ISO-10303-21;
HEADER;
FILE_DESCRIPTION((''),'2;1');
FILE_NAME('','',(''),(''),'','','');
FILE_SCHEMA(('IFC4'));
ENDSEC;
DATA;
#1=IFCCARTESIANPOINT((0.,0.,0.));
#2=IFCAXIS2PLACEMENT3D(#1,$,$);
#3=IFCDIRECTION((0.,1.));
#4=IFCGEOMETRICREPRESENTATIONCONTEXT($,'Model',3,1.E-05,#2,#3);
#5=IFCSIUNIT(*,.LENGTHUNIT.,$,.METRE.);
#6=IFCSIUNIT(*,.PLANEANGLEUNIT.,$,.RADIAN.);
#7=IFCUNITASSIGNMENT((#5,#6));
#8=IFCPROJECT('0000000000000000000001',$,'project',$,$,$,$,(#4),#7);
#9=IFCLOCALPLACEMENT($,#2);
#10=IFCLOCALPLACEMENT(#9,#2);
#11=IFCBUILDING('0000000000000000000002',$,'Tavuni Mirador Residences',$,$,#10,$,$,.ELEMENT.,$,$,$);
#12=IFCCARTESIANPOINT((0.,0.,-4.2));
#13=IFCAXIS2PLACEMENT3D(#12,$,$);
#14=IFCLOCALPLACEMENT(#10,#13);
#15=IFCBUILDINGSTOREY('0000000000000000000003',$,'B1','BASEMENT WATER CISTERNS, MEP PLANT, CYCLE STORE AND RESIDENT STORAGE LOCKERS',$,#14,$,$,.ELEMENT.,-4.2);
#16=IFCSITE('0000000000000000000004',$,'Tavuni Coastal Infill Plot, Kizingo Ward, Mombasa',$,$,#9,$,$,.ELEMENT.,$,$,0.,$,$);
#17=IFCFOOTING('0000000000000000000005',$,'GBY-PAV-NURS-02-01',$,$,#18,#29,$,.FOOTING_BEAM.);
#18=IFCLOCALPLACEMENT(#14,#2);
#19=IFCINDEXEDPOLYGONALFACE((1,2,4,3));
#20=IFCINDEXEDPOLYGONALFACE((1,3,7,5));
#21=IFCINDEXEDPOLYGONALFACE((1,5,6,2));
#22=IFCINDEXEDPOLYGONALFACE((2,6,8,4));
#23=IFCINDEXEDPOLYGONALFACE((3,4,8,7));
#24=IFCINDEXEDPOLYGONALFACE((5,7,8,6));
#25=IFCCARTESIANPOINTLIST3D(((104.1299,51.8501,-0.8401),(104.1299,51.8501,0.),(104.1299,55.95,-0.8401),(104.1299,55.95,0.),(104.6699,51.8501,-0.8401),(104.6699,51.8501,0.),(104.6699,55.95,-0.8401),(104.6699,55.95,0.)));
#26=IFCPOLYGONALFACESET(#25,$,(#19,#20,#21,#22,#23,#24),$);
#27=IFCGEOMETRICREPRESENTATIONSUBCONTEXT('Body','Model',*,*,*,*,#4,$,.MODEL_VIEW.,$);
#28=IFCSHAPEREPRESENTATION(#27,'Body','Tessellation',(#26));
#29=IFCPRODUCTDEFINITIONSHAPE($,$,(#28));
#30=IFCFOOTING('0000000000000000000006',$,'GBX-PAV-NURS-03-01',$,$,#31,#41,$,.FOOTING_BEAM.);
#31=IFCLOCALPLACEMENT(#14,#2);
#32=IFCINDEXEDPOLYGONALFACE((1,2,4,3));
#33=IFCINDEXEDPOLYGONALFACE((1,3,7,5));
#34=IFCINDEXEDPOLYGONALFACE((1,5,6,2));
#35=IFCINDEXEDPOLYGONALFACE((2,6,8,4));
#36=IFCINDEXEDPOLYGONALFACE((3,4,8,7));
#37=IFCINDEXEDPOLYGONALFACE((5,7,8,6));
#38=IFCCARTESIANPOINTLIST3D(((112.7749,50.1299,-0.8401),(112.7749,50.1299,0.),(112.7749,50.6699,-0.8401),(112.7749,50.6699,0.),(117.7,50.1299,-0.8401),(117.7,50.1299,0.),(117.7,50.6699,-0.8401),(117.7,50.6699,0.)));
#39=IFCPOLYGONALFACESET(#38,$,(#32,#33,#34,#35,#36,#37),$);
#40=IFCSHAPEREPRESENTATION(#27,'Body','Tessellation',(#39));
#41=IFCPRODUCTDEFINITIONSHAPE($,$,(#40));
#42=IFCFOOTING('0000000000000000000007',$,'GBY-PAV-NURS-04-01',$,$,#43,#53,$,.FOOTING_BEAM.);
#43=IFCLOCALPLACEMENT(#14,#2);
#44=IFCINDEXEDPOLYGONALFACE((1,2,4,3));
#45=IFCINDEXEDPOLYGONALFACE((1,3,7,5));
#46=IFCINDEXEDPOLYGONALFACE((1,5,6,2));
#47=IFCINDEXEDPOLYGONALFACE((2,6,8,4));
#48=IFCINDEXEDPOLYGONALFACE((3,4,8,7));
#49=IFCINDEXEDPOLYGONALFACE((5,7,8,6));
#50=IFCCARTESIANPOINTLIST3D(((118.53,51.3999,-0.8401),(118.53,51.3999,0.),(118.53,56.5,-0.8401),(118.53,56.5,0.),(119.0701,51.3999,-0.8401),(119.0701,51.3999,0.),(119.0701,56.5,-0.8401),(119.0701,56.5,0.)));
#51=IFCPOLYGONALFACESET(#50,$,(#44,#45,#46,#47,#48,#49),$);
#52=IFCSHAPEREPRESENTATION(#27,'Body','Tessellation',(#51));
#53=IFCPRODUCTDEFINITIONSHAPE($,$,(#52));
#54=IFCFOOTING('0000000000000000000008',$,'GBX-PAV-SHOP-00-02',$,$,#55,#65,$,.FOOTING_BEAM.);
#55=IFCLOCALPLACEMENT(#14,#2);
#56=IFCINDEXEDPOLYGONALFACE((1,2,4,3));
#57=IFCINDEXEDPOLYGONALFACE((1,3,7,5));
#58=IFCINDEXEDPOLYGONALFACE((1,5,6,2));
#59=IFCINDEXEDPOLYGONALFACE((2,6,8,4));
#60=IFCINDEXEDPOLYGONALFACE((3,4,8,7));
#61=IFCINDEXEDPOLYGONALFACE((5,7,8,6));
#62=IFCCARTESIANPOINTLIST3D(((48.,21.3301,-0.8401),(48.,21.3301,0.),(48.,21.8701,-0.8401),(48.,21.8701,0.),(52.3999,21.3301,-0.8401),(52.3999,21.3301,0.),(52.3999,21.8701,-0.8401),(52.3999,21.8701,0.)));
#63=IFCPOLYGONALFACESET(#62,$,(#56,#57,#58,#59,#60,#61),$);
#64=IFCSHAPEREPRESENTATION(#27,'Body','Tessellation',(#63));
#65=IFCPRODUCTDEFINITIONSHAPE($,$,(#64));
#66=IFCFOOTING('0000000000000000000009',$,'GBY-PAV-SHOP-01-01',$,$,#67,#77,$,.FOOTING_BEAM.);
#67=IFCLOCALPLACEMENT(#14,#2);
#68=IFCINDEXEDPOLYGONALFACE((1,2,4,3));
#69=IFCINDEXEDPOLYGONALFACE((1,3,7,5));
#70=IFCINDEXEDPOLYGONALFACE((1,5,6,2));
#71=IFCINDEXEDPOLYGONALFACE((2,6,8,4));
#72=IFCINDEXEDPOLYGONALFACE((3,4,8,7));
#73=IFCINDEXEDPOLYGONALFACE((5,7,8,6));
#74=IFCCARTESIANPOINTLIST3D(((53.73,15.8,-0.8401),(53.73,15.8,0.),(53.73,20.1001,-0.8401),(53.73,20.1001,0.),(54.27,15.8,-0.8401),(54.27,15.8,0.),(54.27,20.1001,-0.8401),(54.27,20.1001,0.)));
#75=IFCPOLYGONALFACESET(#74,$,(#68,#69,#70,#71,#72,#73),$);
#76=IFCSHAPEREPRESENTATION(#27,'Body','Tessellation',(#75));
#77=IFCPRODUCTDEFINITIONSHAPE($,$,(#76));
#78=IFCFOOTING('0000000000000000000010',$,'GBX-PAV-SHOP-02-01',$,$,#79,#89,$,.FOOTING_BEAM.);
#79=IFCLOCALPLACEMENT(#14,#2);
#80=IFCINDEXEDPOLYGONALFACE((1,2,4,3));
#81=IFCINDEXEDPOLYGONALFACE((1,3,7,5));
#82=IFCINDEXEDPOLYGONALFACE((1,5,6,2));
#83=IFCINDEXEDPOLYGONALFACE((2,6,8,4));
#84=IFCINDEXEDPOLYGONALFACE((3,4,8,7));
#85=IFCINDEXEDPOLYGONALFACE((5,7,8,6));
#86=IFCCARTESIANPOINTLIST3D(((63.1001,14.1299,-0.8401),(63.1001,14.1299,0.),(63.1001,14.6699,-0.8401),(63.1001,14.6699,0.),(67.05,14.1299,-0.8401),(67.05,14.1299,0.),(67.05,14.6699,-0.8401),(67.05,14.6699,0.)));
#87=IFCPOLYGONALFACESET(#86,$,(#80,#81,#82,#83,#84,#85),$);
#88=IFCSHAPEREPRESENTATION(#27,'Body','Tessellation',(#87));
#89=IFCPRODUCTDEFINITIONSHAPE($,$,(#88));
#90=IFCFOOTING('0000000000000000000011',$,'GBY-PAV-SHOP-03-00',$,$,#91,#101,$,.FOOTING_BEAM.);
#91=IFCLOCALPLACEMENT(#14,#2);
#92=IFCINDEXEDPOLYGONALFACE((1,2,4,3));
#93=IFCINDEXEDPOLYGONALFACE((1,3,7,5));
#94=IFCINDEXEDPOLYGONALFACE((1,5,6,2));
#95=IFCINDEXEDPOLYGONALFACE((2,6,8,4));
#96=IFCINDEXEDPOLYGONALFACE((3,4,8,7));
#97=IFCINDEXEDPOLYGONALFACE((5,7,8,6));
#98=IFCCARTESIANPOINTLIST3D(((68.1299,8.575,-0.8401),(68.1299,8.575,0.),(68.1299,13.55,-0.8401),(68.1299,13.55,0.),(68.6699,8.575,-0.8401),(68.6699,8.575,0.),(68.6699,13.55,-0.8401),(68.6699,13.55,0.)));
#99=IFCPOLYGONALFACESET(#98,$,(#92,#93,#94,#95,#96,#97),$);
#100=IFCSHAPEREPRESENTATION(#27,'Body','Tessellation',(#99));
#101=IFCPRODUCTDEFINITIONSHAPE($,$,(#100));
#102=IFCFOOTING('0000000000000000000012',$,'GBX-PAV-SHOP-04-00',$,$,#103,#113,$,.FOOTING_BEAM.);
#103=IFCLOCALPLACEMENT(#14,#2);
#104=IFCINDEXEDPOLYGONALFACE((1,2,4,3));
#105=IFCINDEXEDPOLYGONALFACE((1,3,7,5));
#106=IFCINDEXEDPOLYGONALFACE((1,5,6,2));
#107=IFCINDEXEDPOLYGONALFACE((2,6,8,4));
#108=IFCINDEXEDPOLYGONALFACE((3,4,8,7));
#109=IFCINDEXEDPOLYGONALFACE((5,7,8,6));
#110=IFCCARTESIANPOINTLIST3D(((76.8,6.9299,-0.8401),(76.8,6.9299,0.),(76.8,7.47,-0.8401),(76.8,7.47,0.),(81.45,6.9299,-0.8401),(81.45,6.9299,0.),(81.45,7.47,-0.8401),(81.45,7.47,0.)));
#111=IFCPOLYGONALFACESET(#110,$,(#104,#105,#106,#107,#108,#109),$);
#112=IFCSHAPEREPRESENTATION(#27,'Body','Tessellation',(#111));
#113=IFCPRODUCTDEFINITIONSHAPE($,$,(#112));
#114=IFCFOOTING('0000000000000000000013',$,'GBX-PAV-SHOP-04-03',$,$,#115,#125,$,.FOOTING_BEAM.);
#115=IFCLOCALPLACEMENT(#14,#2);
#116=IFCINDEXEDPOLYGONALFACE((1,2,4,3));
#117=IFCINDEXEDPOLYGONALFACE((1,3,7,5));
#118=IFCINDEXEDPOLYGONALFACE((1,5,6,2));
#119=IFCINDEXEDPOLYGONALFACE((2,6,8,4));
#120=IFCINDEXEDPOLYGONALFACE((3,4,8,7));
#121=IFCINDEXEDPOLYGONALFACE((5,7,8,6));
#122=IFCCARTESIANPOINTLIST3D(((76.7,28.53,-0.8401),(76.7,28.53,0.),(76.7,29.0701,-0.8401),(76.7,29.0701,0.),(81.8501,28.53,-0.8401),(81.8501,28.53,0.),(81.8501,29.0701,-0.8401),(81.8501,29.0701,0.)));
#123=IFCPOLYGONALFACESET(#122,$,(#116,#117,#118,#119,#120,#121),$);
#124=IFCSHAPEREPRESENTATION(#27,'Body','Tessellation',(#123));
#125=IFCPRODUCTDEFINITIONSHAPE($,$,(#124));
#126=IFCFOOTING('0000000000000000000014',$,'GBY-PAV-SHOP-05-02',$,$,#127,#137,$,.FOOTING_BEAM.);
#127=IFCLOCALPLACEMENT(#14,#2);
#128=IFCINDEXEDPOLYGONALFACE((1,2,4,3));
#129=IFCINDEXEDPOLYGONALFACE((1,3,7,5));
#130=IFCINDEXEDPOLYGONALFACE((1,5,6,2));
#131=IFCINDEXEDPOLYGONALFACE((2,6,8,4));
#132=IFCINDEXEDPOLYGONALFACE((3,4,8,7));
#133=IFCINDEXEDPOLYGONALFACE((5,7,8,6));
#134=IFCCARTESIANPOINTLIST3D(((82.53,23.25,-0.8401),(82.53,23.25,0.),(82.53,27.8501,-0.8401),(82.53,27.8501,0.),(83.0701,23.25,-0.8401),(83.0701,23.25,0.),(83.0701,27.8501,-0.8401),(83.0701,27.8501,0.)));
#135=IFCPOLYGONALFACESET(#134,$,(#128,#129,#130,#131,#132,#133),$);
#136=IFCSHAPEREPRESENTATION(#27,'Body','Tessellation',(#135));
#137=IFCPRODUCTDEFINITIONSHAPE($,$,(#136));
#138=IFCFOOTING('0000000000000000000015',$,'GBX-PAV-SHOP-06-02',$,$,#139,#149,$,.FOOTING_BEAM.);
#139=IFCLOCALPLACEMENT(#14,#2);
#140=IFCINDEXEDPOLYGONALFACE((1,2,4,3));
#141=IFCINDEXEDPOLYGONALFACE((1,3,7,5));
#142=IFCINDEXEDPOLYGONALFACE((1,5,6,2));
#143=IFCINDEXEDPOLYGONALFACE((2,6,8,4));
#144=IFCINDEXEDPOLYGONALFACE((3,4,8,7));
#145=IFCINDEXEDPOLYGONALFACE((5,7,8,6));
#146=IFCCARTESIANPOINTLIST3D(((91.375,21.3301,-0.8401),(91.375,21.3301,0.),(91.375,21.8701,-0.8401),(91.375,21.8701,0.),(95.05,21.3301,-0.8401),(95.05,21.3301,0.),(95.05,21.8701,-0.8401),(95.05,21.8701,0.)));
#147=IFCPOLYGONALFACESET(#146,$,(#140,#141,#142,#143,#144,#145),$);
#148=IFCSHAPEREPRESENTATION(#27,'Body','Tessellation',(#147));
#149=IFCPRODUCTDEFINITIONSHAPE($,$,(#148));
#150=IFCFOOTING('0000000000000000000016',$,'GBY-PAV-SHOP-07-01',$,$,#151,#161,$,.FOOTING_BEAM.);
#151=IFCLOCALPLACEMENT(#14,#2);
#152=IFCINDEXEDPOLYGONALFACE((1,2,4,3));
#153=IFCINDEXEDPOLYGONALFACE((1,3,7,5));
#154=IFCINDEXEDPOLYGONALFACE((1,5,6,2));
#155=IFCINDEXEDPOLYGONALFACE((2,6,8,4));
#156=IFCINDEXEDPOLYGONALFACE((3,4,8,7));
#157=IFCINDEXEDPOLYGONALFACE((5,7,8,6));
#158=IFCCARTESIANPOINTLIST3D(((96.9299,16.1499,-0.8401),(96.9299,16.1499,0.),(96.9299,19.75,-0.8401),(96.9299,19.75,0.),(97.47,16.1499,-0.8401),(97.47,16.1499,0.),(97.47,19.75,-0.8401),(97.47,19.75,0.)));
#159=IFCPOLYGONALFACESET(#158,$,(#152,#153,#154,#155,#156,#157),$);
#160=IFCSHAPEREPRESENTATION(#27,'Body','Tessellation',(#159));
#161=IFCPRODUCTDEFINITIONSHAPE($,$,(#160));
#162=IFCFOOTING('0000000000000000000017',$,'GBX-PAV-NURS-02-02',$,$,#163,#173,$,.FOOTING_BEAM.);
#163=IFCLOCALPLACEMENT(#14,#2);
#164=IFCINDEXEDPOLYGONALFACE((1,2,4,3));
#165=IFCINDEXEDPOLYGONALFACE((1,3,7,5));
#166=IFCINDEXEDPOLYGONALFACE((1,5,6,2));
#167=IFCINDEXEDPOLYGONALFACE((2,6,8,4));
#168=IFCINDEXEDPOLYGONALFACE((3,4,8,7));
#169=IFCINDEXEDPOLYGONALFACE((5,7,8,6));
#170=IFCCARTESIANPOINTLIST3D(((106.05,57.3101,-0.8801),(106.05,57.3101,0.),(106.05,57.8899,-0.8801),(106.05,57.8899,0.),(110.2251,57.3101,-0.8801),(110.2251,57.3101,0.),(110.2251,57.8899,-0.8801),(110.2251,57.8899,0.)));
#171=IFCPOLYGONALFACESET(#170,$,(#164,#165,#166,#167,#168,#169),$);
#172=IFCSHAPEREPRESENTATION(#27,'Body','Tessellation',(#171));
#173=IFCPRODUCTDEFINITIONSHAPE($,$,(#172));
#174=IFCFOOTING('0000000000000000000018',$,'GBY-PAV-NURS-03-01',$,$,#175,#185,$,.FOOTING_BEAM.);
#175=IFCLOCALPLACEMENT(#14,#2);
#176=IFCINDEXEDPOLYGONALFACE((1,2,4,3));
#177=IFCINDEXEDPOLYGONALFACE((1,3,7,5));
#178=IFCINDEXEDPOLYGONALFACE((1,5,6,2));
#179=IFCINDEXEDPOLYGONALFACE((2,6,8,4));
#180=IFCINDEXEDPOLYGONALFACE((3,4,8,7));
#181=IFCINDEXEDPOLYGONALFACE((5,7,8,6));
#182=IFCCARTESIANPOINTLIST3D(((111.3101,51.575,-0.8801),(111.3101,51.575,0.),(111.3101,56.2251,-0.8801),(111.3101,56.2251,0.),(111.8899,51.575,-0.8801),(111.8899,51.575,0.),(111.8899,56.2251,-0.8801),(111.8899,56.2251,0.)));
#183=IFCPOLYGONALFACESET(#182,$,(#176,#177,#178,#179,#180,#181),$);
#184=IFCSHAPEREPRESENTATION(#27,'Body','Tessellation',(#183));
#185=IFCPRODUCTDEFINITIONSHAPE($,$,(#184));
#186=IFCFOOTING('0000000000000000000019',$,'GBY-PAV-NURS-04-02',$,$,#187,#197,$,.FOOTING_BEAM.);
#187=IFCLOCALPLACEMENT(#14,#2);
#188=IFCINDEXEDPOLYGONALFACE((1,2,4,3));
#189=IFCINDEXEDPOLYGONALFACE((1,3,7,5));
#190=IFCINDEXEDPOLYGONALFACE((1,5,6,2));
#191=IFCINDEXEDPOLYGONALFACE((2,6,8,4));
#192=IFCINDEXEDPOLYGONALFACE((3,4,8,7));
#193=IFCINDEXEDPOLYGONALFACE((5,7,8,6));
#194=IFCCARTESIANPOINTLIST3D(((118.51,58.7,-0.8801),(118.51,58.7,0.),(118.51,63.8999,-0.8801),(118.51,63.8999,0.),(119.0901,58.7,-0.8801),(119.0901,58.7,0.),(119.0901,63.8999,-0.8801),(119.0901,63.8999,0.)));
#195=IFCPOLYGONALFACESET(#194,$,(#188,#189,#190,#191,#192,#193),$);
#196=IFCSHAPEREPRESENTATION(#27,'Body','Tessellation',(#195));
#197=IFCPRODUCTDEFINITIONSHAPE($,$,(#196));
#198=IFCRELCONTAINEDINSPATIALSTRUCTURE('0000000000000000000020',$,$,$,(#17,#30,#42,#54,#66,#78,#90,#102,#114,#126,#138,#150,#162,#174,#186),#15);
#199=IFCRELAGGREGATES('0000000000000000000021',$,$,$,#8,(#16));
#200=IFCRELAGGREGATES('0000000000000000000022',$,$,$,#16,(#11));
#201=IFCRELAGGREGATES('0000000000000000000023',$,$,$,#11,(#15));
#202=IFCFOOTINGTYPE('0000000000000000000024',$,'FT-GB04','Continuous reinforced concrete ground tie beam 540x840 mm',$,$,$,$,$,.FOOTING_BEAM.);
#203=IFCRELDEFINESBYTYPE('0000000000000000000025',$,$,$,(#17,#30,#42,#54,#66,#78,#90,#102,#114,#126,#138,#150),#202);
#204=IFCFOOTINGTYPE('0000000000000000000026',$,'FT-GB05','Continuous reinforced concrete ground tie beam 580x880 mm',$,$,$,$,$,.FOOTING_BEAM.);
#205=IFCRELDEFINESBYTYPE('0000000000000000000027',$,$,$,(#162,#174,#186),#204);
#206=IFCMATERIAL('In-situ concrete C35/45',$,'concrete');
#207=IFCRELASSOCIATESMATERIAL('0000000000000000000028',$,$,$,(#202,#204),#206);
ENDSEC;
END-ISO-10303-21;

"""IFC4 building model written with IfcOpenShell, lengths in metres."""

from ifc_helpers import new_model, si_unit, direction, frame, origin, place, context, subcontext, project, spatial, polyline, outline, extrude, material, type_object, element, save


model = new_model("IFC4")

# Units and contexts
model_context = context("Model", 3, precision=1e-05, world=origin(), true_north=direction((0.0, 1.0)))
body_context = subcontext(model_context, "Body", "Model", "MODEL_VIEW")
ifc_project = project(units=[si_unit("LENGTHUNIT", "METRE"), si_unit("PLANEANGLEUNIT", "RADIAN")], contexts=[model_context])

# Site, building, storey
site_placement = place(None, origin())
site = spatial("IfcSite", under=ifc_project, at=site_placement, Name="Tavuni Coastal Infill Plot, Kizingo Ward, Mombasa", CompositionType="ELEMENT", RefElevation=0.0)
building_placement = place(site_placement, origin())
building = spatial("IfcBuilding", under=site, at=building_placement, Name="Tavuni Mirador Residences", CompositionType="ELEMENT")
storey_placement = place(building_placement, frame((0.0, 0.0, -4.2)))
storey = spatial("IfcBuildingStorey", under=building, at=storey_placement, Name="B1", Description="BASEMENT WATER CISTERNS, MEP PLANT, CYCLE STORE AND RESIDENT STORAGE LOCKERS", CompositionType="ELEMENT", Elevation=-4.2)

# Footings
ifc_material = material(Name="In-situ concrete C35/45", Category="concrete")
footing_type_1 = type_object("IfcFootingType", Name="FT-GB04", Description="Continuous reinforced concrete ground tie beam 540x840 mm", PredefinedType="FOOTING_BEAM", material=ifc_material)
footing_1_placement = place(storey_placement, frame((0.0, 0.0, -0.8401)))
element("IfcFooting", 1, at=footing_1_placement, inside=storey, type_object=footing_type_1, Name="GBY-PAV-NURS-02-01", PredefinedType="FOOTING_BEAM", context=body_context, shape_type="SweptSolid", body=[
    extrude(outline(polyline([(104.1299, 51.8501), (104.6699, 51.8501), (104.6699, 55.95), (104.1299, 55.95), (104.1299, 51.8501)])), origin(), (0.0, 0.0, 1.0), 0.8401),
])
footing_2_placement = place(storey_placement, frame((0.0, 0.0, -0.8401)))
element("IfcFooting", 2, at=footing_2_placement, inside=storey, type_object=footing_type_1, Name="GBX-PAV-NURS-03-01", PredefinedType="FOOTING_BEAM", context=body_context, shape_type="SweptSolid", body=[
    extrude(outline(polyline([(112.7749, 50.1299), (117.7, 50.1299), (117.7, 50.6699), (112.7749, 50.6699), (112.7749, 50.1299)])), origin(), (0.0, 0.0, 1.0), 0.8401),
])
footing_3_placement = place(storey_placement, frame((0.0, 0.0, -0.8401)))
element("IfcFooting", 3, at=footing_3_placement, inside=storey, type_object=footing_type_1, Name="GBY-PAV-NURS-04-01", PredefinedType="FOOTING_BEAM", context=body_context, shape_type="SweptSolid", body=[
    extrude(outline(polyline([(118.53, 51.3999), (119.0701, 51.3999), (119.0701, 56.5), (118.53, 56.5), (118.53, 51.3999)])), origin(), (0.0, 0.0, 1.0), 0.8401),
])
footing_4_placement = place(storey_placement, frame((0.0, 0.0, -0.8401)))
element("IfcFooting", 4, at=footing_4_placement, inside=storey, type_object=footing_type_1, Name="GBX-PAV-SHOP-00-02", PredefinedType="FOOTING_BEAM", context=body_context, shape_type="SweptSolid", body=[
    extrude(outline(polyline([(48.0, 21.3301), (52.3999, 21.3301), (52.3999, 21.8701), (48.0, 21.8701), (48.0, 21.3301)])), origin(), (0.0, 0.0, 1.0), 0.8401),
])
footing_5_placement = place(storey_placement, frame((0.0, 0.0, -0.8401)))
element("IfcFooting", 5, at=footing_5_placement, inside=storey, type_object=footing_type_1, Name="GBY-PAV-SHOP-01-01", PredefinedType="FOOTING_BEAM", context=body_context, shape_type="SweptSolid", body=[
    extrude(outline(polyline([(53.73, 15.8), (54.27, 15.8), (54.27, 20.1001), (53.73, 20.1001), (53.73, 15.8)])), origin(), (0.0, 0.0, 1.0), 0.8401),
])
footing_6_placement = place(storey_placement, frame((0.0, 0.0, -0.8401)))
element("IfcFooting", 6, at=footing_6_placement, inside=storey, type_object=footing_type_1, Name="GBX-PAV-SHOP-02-01", PredefinedType="FOOTING_BEAM", context=body_context, shape_type="SweptSolid", body=[
    extrude(outline(polyline([(63.1001, 14.1299), (67.05, 14.1299), (67.05, 14.6699), (63.1001, 14.6699), (63.1001, 14.1299)])), origin(), (0.0, 0.0, 1.0), 0.8401),
])
footing_7_placement = place(storey_placement, frame((0.0, 0.0, -0.8401)))
element("IfcFooting", 7, at=footing_7_placement, inside=storey, type_object=footing_type_1, Name="GBY-PAV-SHOP-03-00", PredefinedType="FOOTING_BEAM", context=body_context, shape_type="SweptSolid", body=[
    extrude(outline(polyline([(68.1299, 8.575), (68.6699, 8.575), (68.6699, 13.55), (68.1299, 13.55), (68.1299, 8.575)])), origin(), (0.0, 0.0, 1.0), 0.8401),
])
footing_8_placement = place(storey_placement, frame((0.0, 0.0, -0.8401)))
element("IfcFooting", 8, at=footing_8_placement, inside=storey, type_object=footing_type_1, Name="GBX-PAV-SHOP-04-00", PredefinedType="FOOTING_BEAM", context=body_context, shape_type="SweptSolid", body=[
    extrude(outline(polyline([(76.8, 6.9299), (81.45, 6.9299), (81.45, 7.47), (76.8, 7.47), (76.8, 6.9299)])), origin(), (0.0, 0.0, 1.0), 0.8401),
])
footing_9_placement = place(storey_placement, frame((0.0, 0.0, -0.8401)))
element("IfcFooting", 9, at=footing_9_placement, inside=storey, type_object=footing_type_1, Name="GBX-PAV-SHOP-04-03", PredefinedType="FOOTING_BEAM", context=body_context, shape_type="SweptSolid", body=[
    extrude(outline(polyline([(76.7, 28.53), (81.8501, 28.53), (81.8501, 29.0701), (76.7, 29.0701), (76.7, 28.53)])), origin(), (0.0, 0.0, 1.0), 0.8401),
])
footing_10_placement = place(storey_placement, frame((0.0, 0.0, -0.8401)))
element("IfcFooting", 10, at=footing_10_placement, inside=storey, type_object=footing_type_1, Name="GBY-PAV-SHOP-05-02", PredefinedType="FOOTING_BEAM", context=body_context, shape_type="SweptSolid", body=[
    extrude(outline(polyline([(82.53, 23.25), (83.0701, 23.25), (83.0701, 27.8501), (82.53, 27.8501), (82.53, 23.25)])), origin(), (0.0, 0.0, 1.0), 0.8401),
])
footing_11_placement = place(storey_placement, frame((0.0, 0.0, -0.8401)))
element("IfcFooting", 11, at=footing_11_placement, inside=storey, type_object=footing_type_1, Name="GBX-PAV-SHOP-06-02", PredefinedType="FOOTING_BEAM", context=body_context, shape_type="SweptSolid", body=[
    extrude(outline(polyline([(91.375, 21.3301), (95.05, 21.3301), (95.05, 21.8701), (91.375, 21.8701), (91.375, 21.3301)])), origin(), (0.0, 0.0, 1.0), 0.8401),
])
footing_12_placement = place(storey_placement, frame((0.0, 0.0, -0.8401)))
element("IfcFooting", 12, at=footing_12_placement, inside=storey, type_object=footing_type_1, Name="GBY-PAV-SHOP-07-01", PredefinedType="FOOTING_BEAM", context=body_context, shape_type="SweptSolid", body=[
    extrude(outline(polyline([(96.9299, 16.1499), (97.47, 16.1499), (97.47, 19.75), (96.9299, 19.75), (96.9299, 16.1499)])), origin(), (0.0, 0.0, 1.0), 0.8401),
])
footing_type_2 = type_object("IfcFootingType", Name="FT-GB05", Description="Continuous reinforced concrete ground tie beam 580x880 mm", PredefinedType="FOOTING_BEAM", material=ifc_material)
footing_13_placement = place(storey_placement, frame((0.0, 0.0, -0.8801)))
element("IfcFooting", 13, at=footing_13_placement, inside=storey, type_object=footing_type_2, Name="GBX-PAV-NURS-02-02", PredefinedType="FOOTING_BEAM", context=body_context, shape_type="SweptSolid", body=[
    extrude(outline(polyline([(106.05, 57.3101), (110.2251, 57.3101), (110.2251, 57.8899), (106.05, 57.8899), (106.05, 57.3101)])), origin(), (0.0, 0.0, 1.0), 0.8801),
])
footing_14_placement = place(storey_placement, frame((0.0, 0.0, -0.8801)))
element("IfcFooting", 14, at=footing_14_placement, inside=storey, type_object=footing_type_2, Name="GBY-PAV-NURS-03-01", PredefinedType="FOOTING_BEAM", context=body_context, shape_type="SweptSolid", body=[
    extrude(outline(polyline([(111.3101, 51.575), (111.8899, 51.575), (111.8899, 56.2251), (111.3101, 56.2251), (111.3101, 51.575)])), origin(), (0.0, 0.0, 1.0), 0.8801),
])
footing_15_placement = place(storey_placement, frame((0.0, 0.0, -0.8801)))
element("IfcFooting", 15, at=footing_15_placement, inside=storey, type_object=footing_type_2, Name="GBY-PAV-NURS-04-02", PredefinedType="FOOTING_BEAM", context=body_context, shape_type="SweptSolid", body=[
    extrude(outline(polyline([(118.51, 58.7), (119.0901, 58.7), (119.0901, 63.8999), (118.51, 63.8999), (118.51, 58.7)])), origin(), (0.0, 0.0, 1.0), 0.8801),
])

save(model, "model.ifc")
